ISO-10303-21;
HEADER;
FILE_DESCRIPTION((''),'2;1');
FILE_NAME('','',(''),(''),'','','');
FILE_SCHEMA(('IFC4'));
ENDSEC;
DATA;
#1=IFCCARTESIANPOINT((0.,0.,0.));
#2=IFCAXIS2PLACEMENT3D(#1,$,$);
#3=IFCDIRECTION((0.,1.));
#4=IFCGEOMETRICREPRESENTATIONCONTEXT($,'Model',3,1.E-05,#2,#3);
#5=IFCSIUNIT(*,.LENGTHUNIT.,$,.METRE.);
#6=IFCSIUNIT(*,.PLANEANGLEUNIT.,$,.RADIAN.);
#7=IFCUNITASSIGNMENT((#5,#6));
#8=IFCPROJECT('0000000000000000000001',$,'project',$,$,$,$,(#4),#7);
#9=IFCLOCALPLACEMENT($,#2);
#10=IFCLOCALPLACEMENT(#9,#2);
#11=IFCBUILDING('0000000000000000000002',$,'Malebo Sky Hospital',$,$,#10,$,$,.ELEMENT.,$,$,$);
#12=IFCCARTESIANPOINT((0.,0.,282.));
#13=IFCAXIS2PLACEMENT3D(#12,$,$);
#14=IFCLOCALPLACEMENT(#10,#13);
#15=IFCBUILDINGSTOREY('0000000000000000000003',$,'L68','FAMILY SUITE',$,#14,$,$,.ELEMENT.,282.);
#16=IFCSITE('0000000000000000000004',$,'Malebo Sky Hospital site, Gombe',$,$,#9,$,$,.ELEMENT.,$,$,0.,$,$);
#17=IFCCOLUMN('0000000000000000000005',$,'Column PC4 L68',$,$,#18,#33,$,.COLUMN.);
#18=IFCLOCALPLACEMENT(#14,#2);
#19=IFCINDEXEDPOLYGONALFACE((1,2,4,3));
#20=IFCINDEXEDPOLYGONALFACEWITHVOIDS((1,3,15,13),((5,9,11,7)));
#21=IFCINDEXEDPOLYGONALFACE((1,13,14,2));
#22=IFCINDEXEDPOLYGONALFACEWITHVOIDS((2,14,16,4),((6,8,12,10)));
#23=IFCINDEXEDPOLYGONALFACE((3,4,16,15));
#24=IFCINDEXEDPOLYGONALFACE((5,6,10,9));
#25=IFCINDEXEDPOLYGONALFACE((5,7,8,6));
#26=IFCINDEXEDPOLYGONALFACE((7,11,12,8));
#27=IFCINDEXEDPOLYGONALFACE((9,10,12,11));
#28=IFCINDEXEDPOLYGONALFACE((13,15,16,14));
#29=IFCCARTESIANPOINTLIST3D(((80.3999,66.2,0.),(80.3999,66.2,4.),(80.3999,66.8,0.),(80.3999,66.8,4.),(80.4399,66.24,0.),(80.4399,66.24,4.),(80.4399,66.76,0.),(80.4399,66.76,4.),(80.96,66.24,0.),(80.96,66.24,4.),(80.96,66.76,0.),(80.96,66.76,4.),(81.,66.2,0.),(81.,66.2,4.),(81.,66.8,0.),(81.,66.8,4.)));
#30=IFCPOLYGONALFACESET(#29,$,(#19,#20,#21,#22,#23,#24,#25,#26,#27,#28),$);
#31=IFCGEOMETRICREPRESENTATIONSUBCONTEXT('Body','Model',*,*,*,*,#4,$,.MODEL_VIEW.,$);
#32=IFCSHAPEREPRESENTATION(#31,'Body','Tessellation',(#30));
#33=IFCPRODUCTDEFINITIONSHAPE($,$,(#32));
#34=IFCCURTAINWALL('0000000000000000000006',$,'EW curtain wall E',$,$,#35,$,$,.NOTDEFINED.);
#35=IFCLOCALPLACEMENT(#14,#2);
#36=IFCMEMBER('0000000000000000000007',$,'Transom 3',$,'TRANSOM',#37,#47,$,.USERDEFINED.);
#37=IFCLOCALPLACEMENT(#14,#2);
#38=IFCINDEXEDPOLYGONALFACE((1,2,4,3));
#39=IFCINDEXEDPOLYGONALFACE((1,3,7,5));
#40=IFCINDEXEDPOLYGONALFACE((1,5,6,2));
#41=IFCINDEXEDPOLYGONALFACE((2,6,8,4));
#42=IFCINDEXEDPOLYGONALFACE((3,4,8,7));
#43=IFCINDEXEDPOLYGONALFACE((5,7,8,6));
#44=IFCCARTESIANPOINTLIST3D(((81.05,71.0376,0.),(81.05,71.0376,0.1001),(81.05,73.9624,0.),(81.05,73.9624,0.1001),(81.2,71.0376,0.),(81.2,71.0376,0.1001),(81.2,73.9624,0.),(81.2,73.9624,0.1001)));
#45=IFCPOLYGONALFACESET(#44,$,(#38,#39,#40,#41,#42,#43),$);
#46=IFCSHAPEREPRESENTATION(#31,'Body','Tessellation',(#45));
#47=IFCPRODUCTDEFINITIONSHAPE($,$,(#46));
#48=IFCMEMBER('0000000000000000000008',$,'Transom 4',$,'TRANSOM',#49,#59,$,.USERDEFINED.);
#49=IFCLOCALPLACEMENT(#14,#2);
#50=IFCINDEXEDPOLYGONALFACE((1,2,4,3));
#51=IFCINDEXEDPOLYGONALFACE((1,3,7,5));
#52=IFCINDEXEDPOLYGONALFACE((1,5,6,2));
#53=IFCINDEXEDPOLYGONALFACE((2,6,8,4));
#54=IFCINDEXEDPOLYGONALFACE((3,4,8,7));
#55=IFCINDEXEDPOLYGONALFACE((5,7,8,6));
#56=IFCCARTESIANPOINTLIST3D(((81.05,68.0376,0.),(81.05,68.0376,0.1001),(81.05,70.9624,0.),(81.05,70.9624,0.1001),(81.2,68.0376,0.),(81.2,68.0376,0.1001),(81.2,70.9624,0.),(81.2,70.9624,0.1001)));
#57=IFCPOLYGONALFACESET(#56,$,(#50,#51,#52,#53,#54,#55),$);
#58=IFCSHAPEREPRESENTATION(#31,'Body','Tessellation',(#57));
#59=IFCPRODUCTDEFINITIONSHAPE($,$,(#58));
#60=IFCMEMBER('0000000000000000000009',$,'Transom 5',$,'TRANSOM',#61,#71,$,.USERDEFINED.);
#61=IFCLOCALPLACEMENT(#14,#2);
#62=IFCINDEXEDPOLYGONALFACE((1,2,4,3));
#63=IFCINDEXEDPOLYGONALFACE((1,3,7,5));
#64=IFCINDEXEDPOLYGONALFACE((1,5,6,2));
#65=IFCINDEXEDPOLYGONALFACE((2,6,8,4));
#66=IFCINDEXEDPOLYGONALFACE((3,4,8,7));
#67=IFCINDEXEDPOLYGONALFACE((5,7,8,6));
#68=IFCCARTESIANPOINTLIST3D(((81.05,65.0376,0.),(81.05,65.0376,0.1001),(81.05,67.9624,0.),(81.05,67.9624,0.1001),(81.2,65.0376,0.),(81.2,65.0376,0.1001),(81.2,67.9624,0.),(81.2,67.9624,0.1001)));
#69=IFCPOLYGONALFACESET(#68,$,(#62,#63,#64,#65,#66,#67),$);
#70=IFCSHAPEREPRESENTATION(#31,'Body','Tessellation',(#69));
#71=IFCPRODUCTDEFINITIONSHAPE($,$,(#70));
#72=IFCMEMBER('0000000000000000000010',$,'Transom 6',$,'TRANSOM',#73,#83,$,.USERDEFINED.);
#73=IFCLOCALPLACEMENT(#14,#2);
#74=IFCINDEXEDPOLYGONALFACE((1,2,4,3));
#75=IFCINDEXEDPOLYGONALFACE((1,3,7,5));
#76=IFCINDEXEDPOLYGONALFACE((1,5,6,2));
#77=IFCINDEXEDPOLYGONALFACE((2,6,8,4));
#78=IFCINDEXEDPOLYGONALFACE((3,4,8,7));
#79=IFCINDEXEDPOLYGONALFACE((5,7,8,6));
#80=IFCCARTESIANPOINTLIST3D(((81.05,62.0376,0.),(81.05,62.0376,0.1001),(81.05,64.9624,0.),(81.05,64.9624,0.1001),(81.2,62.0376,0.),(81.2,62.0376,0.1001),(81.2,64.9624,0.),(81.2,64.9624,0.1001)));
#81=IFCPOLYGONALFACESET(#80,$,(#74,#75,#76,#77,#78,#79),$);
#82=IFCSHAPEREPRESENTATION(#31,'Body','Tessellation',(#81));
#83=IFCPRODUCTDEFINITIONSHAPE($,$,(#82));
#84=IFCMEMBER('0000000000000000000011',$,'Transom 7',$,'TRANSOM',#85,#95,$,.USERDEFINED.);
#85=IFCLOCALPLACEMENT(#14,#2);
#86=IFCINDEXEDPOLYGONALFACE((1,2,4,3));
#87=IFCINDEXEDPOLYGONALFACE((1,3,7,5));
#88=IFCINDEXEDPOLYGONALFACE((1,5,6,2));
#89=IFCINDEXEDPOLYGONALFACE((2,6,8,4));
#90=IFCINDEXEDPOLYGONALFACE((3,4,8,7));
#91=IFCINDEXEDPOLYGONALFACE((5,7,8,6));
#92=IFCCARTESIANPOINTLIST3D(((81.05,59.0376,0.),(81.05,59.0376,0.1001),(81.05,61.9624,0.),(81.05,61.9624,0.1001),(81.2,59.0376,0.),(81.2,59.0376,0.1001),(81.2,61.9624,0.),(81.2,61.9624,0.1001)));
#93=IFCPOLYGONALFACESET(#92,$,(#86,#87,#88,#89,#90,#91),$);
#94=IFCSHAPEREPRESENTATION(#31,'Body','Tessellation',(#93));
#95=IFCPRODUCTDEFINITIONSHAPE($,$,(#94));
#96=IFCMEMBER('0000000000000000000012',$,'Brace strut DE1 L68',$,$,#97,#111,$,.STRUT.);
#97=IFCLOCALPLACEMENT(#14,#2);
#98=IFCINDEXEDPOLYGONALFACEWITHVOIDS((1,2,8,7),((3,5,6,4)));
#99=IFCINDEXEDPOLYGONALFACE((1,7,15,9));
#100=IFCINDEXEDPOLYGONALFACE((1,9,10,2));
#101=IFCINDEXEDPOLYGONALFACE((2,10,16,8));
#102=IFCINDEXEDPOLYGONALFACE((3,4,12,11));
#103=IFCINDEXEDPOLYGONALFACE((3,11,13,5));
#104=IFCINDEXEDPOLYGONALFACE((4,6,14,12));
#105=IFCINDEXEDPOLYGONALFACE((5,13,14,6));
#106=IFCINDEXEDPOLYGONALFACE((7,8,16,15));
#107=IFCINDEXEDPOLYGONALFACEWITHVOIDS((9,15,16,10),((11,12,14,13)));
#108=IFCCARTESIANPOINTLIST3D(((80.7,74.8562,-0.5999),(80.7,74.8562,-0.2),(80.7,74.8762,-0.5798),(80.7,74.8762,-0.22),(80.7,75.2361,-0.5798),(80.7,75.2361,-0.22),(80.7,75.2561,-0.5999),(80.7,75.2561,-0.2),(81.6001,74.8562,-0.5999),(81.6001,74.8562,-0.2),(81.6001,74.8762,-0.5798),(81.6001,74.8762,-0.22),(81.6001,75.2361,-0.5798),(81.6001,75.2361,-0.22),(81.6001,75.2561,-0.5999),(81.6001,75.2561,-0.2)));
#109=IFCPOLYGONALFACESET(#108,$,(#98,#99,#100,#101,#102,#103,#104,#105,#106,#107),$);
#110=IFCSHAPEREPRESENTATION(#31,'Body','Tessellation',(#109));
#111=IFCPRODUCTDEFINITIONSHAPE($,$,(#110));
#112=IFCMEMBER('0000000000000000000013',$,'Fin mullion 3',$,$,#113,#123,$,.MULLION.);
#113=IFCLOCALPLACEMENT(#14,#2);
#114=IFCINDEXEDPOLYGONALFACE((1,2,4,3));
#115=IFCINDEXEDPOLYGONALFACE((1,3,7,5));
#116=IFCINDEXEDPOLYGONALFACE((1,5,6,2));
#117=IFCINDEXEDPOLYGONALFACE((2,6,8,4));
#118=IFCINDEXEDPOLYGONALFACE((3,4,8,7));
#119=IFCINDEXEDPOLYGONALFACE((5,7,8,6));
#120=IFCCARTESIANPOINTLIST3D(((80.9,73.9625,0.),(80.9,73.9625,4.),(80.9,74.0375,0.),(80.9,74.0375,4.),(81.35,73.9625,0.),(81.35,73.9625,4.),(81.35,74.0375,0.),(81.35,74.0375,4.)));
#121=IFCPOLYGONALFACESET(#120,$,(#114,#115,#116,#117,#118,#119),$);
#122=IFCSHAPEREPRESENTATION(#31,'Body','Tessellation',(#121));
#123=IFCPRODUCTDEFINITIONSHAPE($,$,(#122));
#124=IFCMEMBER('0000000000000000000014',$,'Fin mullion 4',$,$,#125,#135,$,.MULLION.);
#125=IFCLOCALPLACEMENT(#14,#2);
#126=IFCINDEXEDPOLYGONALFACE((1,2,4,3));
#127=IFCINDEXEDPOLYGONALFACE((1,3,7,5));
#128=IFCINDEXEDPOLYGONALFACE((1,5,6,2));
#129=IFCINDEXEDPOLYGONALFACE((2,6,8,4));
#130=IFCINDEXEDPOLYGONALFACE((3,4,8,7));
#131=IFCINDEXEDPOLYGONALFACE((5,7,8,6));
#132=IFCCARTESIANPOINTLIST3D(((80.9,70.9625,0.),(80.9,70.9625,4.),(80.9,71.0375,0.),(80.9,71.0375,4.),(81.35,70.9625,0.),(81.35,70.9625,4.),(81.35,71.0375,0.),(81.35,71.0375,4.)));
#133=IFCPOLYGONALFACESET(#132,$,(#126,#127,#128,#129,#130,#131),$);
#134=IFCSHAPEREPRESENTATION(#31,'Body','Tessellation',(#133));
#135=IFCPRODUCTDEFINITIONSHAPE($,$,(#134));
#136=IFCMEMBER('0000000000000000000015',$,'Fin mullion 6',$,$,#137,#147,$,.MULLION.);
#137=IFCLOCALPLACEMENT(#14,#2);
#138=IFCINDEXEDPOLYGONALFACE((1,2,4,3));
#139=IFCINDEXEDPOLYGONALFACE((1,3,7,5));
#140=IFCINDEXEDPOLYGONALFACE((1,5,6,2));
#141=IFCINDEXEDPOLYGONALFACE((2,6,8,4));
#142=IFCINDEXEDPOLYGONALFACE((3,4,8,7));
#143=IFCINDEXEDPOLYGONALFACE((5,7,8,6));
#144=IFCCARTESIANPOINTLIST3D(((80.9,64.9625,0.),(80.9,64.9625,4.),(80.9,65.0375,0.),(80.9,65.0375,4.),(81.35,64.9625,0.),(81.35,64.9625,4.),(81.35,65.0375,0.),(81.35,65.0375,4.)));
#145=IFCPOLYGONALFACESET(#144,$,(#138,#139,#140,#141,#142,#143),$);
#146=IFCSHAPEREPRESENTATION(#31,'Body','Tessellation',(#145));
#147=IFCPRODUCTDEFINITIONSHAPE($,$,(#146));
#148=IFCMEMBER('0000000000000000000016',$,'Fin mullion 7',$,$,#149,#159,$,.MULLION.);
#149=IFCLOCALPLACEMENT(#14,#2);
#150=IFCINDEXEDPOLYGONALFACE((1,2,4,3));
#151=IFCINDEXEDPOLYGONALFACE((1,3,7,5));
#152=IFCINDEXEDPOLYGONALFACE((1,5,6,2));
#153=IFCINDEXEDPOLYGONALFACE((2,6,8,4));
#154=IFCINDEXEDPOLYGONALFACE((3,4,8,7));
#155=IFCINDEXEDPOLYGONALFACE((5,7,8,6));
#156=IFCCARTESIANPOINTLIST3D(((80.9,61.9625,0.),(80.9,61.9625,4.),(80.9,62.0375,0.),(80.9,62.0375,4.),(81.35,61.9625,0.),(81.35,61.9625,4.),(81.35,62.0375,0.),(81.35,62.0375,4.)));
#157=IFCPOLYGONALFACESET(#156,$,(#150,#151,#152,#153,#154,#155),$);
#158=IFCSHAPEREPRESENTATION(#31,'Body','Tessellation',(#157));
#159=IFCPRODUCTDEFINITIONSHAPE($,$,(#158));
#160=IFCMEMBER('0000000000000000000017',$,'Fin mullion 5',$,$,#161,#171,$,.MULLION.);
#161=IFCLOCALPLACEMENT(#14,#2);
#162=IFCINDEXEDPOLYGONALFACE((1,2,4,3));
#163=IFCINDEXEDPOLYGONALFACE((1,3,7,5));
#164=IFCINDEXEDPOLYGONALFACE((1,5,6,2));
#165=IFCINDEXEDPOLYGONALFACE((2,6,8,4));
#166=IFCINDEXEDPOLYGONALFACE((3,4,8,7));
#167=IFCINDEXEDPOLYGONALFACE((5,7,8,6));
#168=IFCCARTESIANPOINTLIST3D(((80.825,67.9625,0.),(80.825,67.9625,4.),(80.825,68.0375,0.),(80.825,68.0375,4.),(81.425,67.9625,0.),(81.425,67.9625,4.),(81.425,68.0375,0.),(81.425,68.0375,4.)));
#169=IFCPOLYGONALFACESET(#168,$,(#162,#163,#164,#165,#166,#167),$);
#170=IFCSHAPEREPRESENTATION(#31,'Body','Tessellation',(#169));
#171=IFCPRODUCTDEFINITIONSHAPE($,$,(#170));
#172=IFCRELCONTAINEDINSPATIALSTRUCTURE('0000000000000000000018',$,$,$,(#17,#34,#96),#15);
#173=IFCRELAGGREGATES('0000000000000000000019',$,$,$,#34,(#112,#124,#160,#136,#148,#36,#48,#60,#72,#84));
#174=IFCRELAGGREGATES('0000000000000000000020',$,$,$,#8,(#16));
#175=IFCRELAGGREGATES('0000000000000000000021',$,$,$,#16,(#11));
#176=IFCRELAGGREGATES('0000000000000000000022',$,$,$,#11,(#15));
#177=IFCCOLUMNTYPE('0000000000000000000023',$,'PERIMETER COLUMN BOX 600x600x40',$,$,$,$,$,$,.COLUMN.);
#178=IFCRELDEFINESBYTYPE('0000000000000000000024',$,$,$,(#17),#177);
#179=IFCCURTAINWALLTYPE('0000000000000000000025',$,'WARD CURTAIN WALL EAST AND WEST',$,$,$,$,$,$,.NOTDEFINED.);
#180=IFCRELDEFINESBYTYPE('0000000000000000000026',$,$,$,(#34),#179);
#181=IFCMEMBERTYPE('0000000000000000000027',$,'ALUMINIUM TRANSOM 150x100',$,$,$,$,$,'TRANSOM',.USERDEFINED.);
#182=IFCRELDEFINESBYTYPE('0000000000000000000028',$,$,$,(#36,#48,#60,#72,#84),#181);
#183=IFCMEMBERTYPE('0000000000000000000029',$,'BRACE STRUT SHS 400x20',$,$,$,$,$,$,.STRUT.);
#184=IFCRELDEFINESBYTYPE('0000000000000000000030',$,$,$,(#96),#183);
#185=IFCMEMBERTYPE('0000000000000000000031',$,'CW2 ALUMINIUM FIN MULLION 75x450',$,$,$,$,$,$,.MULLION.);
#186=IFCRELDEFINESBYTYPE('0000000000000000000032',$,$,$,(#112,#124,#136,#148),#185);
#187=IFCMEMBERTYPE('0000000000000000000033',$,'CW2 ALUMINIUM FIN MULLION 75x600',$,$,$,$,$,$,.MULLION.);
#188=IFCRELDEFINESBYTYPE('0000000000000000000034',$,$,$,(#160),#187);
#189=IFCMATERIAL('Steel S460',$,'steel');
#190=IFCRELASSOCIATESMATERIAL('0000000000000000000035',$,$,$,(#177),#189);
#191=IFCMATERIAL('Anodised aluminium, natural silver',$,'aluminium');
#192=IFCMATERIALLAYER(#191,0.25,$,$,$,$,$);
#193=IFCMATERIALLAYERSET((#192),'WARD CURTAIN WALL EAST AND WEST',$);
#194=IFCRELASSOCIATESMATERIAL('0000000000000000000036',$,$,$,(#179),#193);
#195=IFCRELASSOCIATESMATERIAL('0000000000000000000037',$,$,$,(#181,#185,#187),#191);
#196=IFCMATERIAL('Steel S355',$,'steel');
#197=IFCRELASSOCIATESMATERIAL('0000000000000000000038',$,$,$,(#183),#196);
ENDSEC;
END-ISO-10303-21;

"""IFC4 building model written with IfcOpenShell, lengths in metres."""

from ifc_helpers import new_model, si_unit, direction, frame, origin, origin_2d, place, context, subcontext, project, spatial, rectangle, hollow_rectangle, extrude, material, layer, layer_set, material_profile, profile_set, type_object, element, aggregate, save


model = new_model("IFC4")

# Units and contexts
model_context = context("Model", 3, precision=1e-05, world=origin(), true_north=direction((0.0, 1.0)))
body_context = subcontext(model_context, "Body", "Model", "MODEL_VIEW")
ifc_project = project(units=[si_unit("LENGTHUNIT", "METRE"), si_unit("PLANEANGLEUNIT", "RADIAN")], contexts=[model_context])

# Site, building, storey
site_placement = place(None, origin())
site = spatial("IfcSite", under=ifc_project, at=site_placement, Name="Malebo Sky Hospital site, Gombe", CompositionType="ELEMENT", RefElevation=0.0)
building_placement = place(site_placement, origin())
building = spatial("IfcBuilding", under=site, at=building_placement, Name="Malebo Sky Hospital", CompositionType="ELEMENT")
storey_placement = place(building_placement, frame((0.0, 0.0, 282.0)))
storey = spatial("IfcBuildingStorey", under=building, at=storey_placement, Name="L68", Description="FAMILY SUITE", CompositionType="ELEMENT", Elevation=282.0)

# Column
ifc_material_1 = material(Name="Steel S460", Category="steel")
ifc_material_profile_1 = material_profile(ifc_material_1, hollow_rectangle(XDim=0.6001, YDim=0.6001, WallThickness=0.04, at=origin_2d()), Name="BOX 600x600x40")
ifc_profile_set_1 = profile_set([ifc_material_profile_1], Name="Steel S460")
column_type = type_object("IfcColumnType", Name="PERIMETER COLUMN BOX 600x600x40", PredefinedType="COLUMN", material=ifc_profile_set_1)
column_placement = place(storey_placement, frame((80.7, 66.5, 0.0), z_axis=(0.0, 0.0, 1.0), x_axis=(1.0, 0.0, 0.0)))
element("IfcColumn", 1, at=column_placement, inside=storey, type_object=column_type, Name="Column PC4 L68", PredefinedType="COLUMN", context=body_context, shape_type="SweptSolid", body=[
    extrude(hollow_rectangle(XDim=0.6001, YDim=0.6001, WallThickness=0.04, at=origin_2d()), origin(), (0.0, 0.0, 1.0), 4.0),
])

# Curtain wall, members
ifc_material_2 = material(Name="Anodised aluminium, natural silver", Category="aluminium")
ifc_layer_1 = layer(ifc_material_2, 0.25)
ifc_layer_set_1 = layer_set([ifc_layer_1], Name="WARD CURTAIN WALL EAST AND WEST")
curtain_wall_type = type_object("IfcCurtainWallType", Name="WARD CURTAIN WALL EAST AND WEST", PredefinedType="NOTDEFINED", material=ifc_layer_set_1)
curtain_wall_placement = place(storey_placement, origin())
curtain_wall = element("IfcCurtainWall", 2, at=curtain_wall_placement, inside=storey, type_object=curtain_wall_type, Name="EW curtain wall E", PredefinedType="NOTDEFINED")
ifc_material_profile_2 = material_profile(ifc_material_2, rectangle(XDim=0.1499, YDim=0.1001, at=origin_2d()), Name="ALUMINIUM TRANSOM 150x100")
ifc_profile_set_2 = profile_set([ifc_material_profile_2], Name="Anodised aluminium, natural silver")
member_type_1 = type_object("IfcMemberType", Name="ALUMINIUM TRANSOM 150x100", ElementType="TRANSOM", PredefinedType="USERDEFINED", material=ifc_profile_set_2)
member_1_placement = place(storey_placement, frame((81.125, 73.9624, 0.05), z_axis=(0.0, -1.0, 0.0), x_axis=(1.0, 0.0, 0.0)))
member_1 = element("IfcMember", 3, at=member_1_placement, type_object=member_type_1, Name="Transom 3", ObjectType="TRANSOM", PredefinedType="USERDEFINED", context=body_context, shape_type="SweptSolid", body=[
    extrude(rectangle(XDim=0.1499, YDim=0.1001, at=origin_2d()), origin(), (0.0, 0.0, 1.0), 2.9248),
])
member_2_placement = place(storey_placement, frame((81.125, 70.9624, 0.05), z_axis=(0.0, -1.0, 0.0), x_axis=(1.0, 0.0, 0.0)))
member_2 = element("IfcMember", 4, at=member_2_placement, type_object=member_type_1, Name="Transom 4", ObjectType="TRANSOM", PredefinedType="USERDEFINED", context=body_context, shape_type="SweptSolid", body=[
    extrude(rectangle(XDim=0.1499, YDim=0.1001, at=origin_2d()), origin(), (0.0, 0.0, 1.0), 2.9248),
])
member_3_placement = place(storey_placement, frame((81.125, 67.9624, 0.05), z_axis=(0.0, -1.0, 0.0), x_axis=(1.0, 0.0, 0.0)))
member_3 = element("IfcMember", 5, at=member_3_placement, type_object=member_type_1, Name="Transom 5", ObjectType="TRANSOM", PredefinedType="USERDEFINED", context=body_context, shape_type="SweptSolid", body=[
    extrude(rectangle(XDim=0.1499, YDim=0.1001, at=origin_2d()), origin(), (0.0, 0.0, 1.0), 2.9248),
])
member_4_placement = place(storey_placement, frame((81.125, 64.9624, 0.05), z_axis=(0.0, -1.0, 0.0), x_axis=(1.0, 0.0, 0.0)))
member_4 = element("IfcMember", 6, at=member_4_placement, type_object=member_type_1, Name="Transom 6", ObjectType="TRANSOM", PredefinedType="USERDEFINED", context=body_context, shape_type="SweptSolid", body=[
    extrude(rectangle(XDim=0.1499, YDim=0.1001, at=origin_2d()), origin(), (0.0, 0.0, 1.0), 2.9248),
])
member_5_placement = place(storey_placement, frame((81.125, 61.9624, 0.05), z_axis=(0.0, -1.0, 0.0), x_axis=(1.0, 0.0, 0.0)))
member_5 = element("IfcMember", 7, at=member_5_placement, type_object=member_type_1, Name="Transom 7", ObjectType="TRANSOM", PredefinedType="USERDEFINED", context=body_context, shape_type="SweptSolid", body=[
    extrude(rectangle(XDim=0.1499, YDim=0.1001, at=origin_2d()), origin(), (0.0, 0.0, 1.0), 2.9248),
])

# Members
ifc_material_3 = material(Name="Steel S355", Category="steel")
ifc_material_profile_3 = material_profile(ifc_material_3, hollow_rectangle(XDim=0.3999, YDim=0.3999, WallThickness=0.02, at=origin_2d()), Name="SHS 400x20")
ifc_profile_set_3 = profile_set([ifc_material_profile_3], Name="Steel S355")
member_type_2 = type_object("IfcMemberType", Name="BRACE STRUT SHS 400x20", PredefinedType="STRUT", material=ifc_profile_set_3)
member_6_placement = place(storey_placement, frame((81.6001, 75.0562, -0.3999), z_axis=(-1.0, 0.0, 0.0), x_axis=(0.0, -1.0, 0.0)))
element("IfcMember", 8, at=member_6_placement, inside=storey, type_object=member_type_2, Name="Brace strut DE1 L68", PredefinedType="STRUT", context=body_context, shape_type="SweptSolid", body=[
    extrude(hollow_rectangle(XDim=0.3999, YDim=0.3999, WallThickness=0.02, at=origin_2d()), origin(), (0.0, 0.0, 1.0), 0.9001),
])
ifc_material_profile_4 = material_profile(ifc_material_2, rectangle(XDim=0.075, YDim=0.45, at=origin_2d()), Name="CW2 ALUMINIUM FIN MULLION 75x450")
ifc_profile_set_4 = profile_set([ifc_material_profile_4], Name="Anodised aluminium, natural silver")
member_type_3 = type_object("IfcMemberType", Name="CW2 ALUMINIUM FIN MULLION 75x450", PredefinedType="MULLION", material=ifc_profile_set_4)
member_7_placement = place(storey_placement, frame((81.125, 74.0, 0.0), z_axis=(0.0, 0.0, 1.0), x_axis=(0.0, -1.0, 0.0)))
member_7 = element("IfcMember", 9, at=member_7_placement, type_object=member_type_3, Name="Fin mullion 3", PredefinedType="MULLION", context=body_context, shape_type="SweptSolid", body=[
    extrude(rectangle(XDim=0.075, YDim=0.45, at=origin_2d()), origin(), (0.0, 0.0, 1.0), 4.0),
])
member_8_placement = place(storey_placement, frame((81.125, 71.0, 0.0), z_axis=(0.0, 0.0, 1.0), x_axis=(0.0, -1.0, 0.0)))
member_8 = element("IfcMember", 10, at=member_8_placement, type_object=member_type_3, Name="Fin mullion 4", PredefinedType="MULLION", context=body_context, shape_type="SweptSolid", body=[
    extrude(rectangle(XDim=0.075, YDim=0.45, at=origin_2d()), origin(), (0.0, 0.0, 1.0), 4.0),
])
member_9_placement = place(storey_placement, frame((81.125, 65.0, 0.0), z_axis=(0.0, 0.0, 1.0), x_axis=(0.0, -1.0, 0.0)))
member_9 = element("IfcMember", 11, at=member_9_placement, type_object=member_type_3, Name="Fin mullion 6", PredefinedType="MULLION", context=body_context, shape_type="SweptSolid", body=[
    extrude(rectangle(XDim=0.075, YDim=0.45, at=origin_2d()), origin(), (0.0, 0.0, 1.0), 4.0),
])
member_10_placement = place(storey_placement, frame((81.125, 62.0, 0.0), z_axis=(0.0, 0.0, 1.0), x_axis=(0.0, -1.0, 0.0)))
member_10 = element("IfcMember", 12, at=member_10_placement, type_object=member_type_3, Name="Fin mullion 7", PredefinedType="MULLION", context=body_context, shape_type="SweptSolid", body=[
    extrude(rectangle(XDim=0.075, YDim=0.45, at=origin_2d()), origin(), (0.0, 0.0, 1.0), 4.0),
])
ifc_material_profile_5 = material_profile(ifc_material_2, rectangle(XDim=0.075, YDim=0.6001, at=origin_2d()), Name="CW2 ALUMINIUM FIN MULLION 75x600")
ifc_profile_set_5 = profile_set([ifc_material_profile_5], Name="Anodised aluminium, natural silver")
member_type_4 = type_object("IfcMemberType", Name="CW2 ALUMINIUM FIN MULLION 75x600", PredefinedType="MULLION", material=ifc_profile_set_5)
member_11_placement = place(storey_placement, frame((81.125, 68.0, 0.0), z_axis=(0.0, 0.0, 1.0), x_axis=(0.0, -1.0, 0.0)))
member_11 = element("IfcMember", 13, at=member_11_placement, type_object=member_type_4, Name="Fin mullion 5", PredefinedType="MULLION", context=body_context, shape_type="SweptSolid", body=[
    extrude(rectangle(XDim=0.075, YDim=0.6001, at=origin_2d()), origin(), (0.0, 0.0, 1.0), 4.0),
])

aggregate(curtain_wall, [member_7, member_8, member_11, member_9, member_10, member_1, member_2, member_3, member_4, member_5])

save(model, "model.ifc")
